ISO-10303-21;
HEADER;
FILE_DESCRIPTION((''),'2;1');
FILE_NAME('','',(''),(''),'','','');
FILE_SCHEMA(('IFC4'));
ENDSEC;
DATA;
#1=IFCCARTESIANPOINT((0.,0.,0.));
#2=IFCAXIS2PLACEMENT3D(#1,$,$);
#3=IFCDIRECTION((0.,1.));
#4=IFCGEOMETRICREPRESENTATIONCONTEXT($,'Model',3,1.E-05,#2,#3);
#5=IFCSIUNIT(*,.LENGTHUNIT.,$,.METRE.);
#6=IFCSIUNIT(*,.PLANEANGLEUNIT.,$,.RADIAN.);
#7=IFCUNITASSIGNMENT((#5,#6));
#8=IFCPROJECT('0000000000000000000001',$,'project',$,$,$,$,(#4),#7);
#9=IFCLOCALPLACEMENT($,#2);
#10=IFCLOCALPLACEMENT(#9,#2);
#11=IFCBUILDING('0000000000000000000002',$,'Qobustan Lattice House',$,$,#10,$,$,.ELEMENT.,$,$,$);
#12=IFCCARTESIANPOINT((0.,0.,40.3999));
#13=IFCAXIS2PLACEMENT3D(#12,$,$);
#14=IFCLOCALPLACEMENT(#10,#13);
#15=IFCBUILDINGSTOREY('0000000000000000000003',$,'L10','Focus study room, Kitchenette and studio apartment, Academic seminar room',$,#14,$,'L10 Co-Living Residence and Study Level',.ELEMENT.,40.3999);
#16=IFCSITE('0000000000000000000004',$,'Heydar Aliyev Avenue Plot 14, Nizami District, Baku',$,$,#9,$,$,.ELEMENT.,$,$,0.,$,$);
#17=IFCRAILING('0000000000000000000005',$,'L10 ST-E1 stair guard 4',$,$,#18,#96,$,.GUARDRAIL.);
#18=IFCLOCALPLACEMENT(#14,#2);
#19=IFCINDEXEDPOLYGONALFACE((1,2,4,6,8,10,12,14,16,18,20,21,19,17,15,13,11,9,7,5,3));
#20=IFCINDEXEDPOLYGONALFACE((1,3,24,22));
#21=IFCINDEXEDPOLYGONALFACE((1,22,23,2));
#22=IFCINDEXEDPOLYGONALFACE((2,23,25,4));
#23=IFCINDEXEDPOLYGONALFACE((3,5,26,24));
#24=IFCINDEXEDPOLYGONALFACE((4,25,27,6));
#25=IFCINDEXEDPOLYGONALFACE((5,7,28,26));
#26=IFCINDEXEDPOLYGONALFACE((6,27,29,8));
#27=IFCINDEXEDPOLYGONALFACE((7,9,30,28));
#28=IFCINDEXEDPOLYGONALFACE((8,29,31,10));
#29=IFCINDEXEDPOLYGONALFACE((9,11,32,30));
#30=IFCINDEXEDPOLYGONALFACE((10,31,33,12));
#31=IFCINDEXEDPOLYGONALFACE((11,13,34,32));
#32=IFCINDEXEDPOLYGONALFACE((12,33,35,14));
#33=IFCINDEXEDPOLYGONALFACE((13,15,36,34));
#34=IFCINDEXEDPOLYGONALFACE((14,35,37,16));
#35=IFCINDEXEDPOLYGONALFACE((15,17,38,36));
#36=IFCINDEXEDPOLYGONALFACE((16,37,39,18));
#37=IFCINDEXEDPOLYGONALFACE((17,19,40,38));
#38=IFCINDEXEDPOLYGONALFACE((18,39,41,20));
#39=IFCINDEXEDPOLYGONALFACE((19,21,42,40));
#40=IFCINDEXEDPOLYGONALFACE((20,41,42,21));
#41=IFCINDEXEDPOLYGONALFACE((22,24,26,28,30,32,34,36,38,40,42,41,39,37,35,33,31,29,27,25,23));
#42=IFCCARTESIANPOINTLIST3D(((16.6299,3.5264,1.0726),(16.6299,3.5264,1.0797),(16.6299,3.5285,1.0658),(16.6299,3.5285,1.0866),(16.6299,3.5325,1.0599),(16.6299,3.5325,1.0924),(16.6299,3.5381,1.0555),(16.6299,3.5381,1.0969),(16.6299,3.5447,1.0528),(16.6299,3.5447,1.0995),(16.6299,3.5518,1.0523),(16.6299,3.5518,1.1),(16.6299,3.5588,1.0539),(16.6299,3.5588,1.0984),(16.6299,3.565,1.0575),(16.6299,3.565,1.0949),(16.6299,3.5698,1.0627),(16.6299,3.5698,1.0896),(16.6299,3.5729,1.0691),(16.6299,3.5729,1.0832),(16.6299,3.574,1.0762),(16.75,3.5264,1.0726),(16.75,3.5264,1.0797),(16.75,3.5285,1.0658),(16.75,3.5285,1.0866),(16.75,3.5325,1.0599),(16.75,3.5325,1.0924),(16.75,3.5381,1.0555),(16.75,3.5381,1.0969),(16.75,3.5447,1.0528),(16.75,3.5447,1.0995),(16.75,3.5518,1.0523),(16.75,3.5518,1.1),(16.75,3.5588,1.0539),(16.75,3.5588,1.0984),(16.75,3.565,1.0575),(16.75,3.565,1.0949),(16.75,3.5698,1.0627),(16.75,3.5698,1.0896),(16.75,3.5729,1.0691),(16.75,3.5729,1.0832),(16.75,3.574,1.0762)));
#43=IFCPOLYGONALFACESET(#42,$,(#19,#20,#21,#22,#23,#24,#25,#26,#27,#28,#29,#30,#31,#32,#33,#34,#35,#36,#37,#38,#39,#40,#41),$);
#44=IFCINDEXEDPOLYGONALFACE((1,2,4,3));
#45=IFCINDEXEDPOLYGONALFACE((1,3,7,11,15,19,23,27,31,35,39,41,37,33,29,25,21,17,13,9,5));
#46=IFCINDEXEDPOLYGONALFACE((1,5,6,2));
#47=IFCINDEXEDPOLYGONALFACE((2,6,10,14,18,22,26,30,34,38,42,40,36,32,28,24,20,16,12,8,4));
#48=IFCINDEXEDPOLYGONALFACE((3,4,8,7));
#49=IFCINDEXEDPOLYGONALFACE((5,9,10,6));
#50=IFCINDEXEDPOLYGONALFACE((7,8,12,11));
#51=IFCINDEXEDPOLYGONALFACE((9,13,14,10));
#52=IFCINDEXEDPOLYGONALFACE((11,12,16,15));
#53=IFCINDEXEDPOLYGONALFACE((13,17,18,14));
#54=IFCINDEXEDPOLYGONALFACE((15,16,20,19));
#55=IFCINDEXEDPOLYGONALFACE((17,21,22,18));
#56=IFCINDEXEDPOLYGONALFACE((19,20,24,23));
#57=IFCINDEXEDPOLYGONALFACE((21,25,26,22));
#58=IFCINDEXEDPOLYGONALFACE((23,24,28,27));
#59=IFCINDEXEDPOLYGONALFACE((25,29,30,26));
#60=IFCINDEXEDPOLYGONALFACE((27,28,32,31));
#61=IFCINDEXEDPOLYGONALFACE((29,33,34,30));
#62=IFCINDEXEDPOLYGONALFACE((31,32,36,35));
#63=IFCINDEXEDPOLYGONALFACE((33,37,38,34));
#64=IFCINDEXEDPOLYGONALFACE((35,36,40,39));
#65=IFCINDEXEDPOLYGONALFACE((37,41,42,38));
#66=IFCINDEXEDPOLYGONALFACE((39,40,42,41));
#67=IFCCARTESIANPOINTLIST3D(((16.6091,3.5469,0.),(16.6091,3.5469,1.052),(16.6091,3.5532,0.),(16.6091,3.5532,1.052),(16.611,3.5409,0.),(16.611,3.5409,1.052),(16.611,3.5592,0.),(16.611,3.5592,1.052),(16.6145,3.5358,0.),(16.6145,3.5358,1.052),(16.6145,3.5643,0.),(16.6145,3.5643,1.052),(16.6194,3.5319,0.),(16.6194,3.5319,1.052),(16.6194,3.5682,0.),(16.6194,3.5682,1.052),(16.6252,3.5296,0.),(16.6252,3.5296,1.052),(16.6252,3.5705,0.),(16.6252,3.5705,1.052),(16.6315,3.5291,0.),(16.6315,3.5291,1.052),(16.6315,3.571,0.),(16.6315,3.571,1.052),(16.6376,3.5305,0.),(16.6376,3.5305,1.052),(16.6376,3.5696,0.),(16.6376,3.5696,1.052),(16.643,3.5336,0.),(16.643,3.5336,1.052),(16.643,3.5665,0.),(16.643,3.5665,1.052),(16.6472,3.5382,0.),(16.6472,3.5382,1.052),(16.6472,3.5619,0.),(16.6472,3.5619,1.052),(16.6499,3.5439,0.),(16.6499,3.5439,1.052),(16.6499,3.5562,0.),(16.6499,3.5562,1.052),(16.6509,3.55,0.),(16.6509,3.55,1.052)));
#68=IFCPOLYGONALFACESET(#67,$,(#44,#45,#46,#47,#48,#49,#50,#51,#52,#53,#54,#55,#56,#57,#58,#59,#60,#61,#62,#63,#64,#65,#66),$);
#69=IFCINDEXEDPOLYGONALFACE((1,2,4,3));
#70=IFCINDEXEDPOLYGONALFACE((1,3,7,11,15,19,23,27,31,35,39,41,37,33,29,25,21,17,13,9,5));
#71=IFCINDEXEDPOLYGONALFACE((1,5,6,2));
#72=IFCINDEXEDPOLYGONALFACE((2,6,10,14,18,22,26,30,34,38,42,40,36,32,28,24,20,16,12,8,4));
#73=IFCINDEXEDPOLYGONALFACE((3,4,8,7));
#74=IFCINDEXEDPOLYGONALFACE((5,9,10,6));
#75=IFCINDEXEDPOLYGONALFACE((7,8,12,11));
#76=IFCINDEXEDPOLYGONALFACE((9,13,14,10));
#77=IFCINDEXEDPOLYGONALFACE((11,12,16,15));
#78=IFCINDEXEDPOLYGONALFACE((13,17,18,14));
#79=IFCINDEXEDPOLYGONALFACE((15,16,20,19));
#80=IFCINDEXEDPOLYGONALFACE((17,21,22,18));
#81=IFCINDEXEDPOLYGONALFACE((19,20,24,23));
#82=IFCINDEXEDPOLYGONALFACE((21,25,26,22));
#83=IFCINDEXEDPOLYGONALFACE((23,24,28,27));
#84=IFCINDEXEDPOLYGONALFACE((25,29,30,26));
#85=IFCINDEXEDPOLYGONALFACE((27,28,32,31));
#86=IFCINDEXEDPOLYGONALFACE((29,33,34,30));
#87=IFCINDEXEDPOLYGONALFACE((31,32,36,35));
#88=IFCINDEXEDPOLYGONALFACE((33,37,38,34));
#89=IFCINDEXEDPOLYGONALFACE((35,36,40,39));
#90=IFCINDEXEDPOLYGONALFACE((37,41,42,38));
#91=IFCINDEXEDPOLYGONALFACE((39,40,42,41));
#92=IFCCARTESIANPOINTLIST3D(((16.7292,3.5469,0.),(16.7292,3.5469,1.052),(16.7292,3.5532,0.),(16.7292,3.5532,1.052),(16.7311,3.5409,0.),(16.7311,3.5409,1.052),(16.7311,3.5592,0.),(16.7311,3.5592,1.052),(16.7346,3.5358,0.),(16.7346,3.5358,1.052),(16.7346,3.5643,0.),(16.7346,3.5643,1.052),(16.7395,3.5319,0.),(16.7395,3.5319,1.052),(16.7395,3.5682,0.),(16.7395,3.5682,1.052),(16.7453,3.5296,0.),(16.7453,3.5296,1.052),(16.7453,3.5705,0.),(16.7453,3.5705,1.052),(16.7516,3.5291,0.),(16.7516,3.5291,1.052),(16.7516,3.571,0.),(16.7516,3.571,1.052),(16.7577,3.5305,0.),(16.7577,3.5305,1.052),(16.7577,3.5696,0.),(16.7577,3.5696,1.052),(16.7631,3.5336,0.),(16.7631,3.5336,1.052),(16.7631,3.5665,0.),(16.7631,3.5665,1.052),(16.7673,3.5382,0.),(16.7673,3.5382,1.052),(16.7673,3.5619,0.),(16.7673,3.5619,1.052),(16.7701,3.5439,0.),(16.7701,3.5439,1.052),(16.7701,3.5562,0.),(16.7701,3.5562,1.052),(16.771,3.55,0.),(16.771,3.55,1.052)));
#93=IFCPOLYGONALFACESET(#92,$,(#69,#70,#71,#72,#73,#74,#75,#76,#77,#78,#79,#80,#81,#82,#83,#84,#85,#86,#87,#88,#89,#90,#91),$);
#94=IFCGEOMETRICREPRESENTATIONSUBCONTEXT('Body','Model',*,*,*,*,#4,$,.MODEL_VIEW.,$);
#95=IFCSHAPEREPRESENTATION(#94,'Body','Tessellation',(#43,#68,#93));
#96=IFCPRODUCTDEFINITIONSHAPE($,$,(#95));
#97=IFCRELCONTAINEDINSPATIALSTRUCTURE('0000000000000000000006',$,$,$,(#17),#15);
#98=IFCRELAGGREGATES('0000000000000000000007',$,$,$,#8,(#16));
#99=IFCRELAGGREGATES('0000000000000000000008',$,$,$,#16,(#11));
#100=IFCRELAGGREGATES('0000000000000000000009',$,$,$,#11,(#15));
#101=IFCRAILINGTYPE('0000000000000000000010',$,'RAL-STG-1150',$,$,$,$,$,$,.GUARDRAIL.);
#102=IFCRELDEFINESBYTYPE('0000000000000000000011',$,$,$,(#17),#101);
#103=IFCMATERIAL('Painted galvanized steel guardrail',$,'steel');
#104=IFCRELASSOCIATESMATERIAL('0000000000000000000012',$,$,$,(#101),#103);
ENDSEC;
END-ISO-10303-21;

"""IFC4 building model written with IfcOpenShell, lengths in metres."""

from ifc_helpers import new_model, si_unit, direction, frame, origin, origin_2d, place, context, subcontext, project, spatial, circle, extrude, material, type_object, element, save


model = new_model("IFC4")

# Units and contexts
model_context = context("Model", 3, precision=1e-05, world=origin(), true_north=direction((0.0, 1.0)))
body_context = subcontext(model_context, "Body", "Model", "MODEL_VIEW")
ifc_project = project(units=[si_unit("LENGTHUNIT", "METRE"), si_unit("PLANEANGLEUNIT", "RADIAN")], contexts=[model_context])

# Site, building, storey
site_placement = place(None, origin())
site = spatial("IfcSite", under=ifc_project, at=site_placement, Name="Heydar Aliyev Avenue Plot 14, Nizami District, Baku", CompositionType="ELEMENT", RefElevation=0.0)
building_placement = place(site_placement, origin())
building = spatial("IfcBuilding", under=site, at=building_placement, Name="Qobustan Lattice House", CompositionType="ELEMENT")
storey_placement = place(building_placement, frame((0.0, 0.0, 40.3999)))
storey = spatial("IfcBuildingStorey", under=building, at=storey_placement, Name="L10", Description="Focus study room, Kitchenette and studio apartment, Academic seminar room", LongName="L10 Co-Living Residence and Study Level", CompositionType="ELEMENT", Elevation=40.3999)

# Railing
ifc_material_1 = material(Name="Painted galvanized steel guardrail", Category="steel")
railing_type_1 = type_object("IfcRailingType", Name="RAL-STG-1150", PredefinedType="GUARDRAIL", material=ifc_material_1)
railing_1_placement = place(storey_placement, frame((16.6299, 3.55, 0.0)))
element("IfcRailing", 1, at=railing_1_placement, inside=storey, type_object=railing_type_1, Name="L10 ST-E1 stair guard 4", PredefinedType="GUARDRAIL", context=body_context, shape_type="SweptSolid", body=[
    extrude(circle(Radius=0.0239, at=origin_2d()), frame((0.0, 0.0, 1.0762), z_axis=(1.0, 0.0, 0.0), x_axis=(0.0, 1.0, 0.0)), (0.0, 0.0, 1.0), 0.1201),
    extrude(circle(Radius=0.021, at=origin_2d()), origin(), (0.0, 0.0, 1.0), 1.052),
    extrude(circle(Radius=0.021, at=origin_2d()), frame((0.1201, 0.0, 0.0)), (0.0, 0.0, 1.0), 1.052),
])

save(model, "model.ifc")
